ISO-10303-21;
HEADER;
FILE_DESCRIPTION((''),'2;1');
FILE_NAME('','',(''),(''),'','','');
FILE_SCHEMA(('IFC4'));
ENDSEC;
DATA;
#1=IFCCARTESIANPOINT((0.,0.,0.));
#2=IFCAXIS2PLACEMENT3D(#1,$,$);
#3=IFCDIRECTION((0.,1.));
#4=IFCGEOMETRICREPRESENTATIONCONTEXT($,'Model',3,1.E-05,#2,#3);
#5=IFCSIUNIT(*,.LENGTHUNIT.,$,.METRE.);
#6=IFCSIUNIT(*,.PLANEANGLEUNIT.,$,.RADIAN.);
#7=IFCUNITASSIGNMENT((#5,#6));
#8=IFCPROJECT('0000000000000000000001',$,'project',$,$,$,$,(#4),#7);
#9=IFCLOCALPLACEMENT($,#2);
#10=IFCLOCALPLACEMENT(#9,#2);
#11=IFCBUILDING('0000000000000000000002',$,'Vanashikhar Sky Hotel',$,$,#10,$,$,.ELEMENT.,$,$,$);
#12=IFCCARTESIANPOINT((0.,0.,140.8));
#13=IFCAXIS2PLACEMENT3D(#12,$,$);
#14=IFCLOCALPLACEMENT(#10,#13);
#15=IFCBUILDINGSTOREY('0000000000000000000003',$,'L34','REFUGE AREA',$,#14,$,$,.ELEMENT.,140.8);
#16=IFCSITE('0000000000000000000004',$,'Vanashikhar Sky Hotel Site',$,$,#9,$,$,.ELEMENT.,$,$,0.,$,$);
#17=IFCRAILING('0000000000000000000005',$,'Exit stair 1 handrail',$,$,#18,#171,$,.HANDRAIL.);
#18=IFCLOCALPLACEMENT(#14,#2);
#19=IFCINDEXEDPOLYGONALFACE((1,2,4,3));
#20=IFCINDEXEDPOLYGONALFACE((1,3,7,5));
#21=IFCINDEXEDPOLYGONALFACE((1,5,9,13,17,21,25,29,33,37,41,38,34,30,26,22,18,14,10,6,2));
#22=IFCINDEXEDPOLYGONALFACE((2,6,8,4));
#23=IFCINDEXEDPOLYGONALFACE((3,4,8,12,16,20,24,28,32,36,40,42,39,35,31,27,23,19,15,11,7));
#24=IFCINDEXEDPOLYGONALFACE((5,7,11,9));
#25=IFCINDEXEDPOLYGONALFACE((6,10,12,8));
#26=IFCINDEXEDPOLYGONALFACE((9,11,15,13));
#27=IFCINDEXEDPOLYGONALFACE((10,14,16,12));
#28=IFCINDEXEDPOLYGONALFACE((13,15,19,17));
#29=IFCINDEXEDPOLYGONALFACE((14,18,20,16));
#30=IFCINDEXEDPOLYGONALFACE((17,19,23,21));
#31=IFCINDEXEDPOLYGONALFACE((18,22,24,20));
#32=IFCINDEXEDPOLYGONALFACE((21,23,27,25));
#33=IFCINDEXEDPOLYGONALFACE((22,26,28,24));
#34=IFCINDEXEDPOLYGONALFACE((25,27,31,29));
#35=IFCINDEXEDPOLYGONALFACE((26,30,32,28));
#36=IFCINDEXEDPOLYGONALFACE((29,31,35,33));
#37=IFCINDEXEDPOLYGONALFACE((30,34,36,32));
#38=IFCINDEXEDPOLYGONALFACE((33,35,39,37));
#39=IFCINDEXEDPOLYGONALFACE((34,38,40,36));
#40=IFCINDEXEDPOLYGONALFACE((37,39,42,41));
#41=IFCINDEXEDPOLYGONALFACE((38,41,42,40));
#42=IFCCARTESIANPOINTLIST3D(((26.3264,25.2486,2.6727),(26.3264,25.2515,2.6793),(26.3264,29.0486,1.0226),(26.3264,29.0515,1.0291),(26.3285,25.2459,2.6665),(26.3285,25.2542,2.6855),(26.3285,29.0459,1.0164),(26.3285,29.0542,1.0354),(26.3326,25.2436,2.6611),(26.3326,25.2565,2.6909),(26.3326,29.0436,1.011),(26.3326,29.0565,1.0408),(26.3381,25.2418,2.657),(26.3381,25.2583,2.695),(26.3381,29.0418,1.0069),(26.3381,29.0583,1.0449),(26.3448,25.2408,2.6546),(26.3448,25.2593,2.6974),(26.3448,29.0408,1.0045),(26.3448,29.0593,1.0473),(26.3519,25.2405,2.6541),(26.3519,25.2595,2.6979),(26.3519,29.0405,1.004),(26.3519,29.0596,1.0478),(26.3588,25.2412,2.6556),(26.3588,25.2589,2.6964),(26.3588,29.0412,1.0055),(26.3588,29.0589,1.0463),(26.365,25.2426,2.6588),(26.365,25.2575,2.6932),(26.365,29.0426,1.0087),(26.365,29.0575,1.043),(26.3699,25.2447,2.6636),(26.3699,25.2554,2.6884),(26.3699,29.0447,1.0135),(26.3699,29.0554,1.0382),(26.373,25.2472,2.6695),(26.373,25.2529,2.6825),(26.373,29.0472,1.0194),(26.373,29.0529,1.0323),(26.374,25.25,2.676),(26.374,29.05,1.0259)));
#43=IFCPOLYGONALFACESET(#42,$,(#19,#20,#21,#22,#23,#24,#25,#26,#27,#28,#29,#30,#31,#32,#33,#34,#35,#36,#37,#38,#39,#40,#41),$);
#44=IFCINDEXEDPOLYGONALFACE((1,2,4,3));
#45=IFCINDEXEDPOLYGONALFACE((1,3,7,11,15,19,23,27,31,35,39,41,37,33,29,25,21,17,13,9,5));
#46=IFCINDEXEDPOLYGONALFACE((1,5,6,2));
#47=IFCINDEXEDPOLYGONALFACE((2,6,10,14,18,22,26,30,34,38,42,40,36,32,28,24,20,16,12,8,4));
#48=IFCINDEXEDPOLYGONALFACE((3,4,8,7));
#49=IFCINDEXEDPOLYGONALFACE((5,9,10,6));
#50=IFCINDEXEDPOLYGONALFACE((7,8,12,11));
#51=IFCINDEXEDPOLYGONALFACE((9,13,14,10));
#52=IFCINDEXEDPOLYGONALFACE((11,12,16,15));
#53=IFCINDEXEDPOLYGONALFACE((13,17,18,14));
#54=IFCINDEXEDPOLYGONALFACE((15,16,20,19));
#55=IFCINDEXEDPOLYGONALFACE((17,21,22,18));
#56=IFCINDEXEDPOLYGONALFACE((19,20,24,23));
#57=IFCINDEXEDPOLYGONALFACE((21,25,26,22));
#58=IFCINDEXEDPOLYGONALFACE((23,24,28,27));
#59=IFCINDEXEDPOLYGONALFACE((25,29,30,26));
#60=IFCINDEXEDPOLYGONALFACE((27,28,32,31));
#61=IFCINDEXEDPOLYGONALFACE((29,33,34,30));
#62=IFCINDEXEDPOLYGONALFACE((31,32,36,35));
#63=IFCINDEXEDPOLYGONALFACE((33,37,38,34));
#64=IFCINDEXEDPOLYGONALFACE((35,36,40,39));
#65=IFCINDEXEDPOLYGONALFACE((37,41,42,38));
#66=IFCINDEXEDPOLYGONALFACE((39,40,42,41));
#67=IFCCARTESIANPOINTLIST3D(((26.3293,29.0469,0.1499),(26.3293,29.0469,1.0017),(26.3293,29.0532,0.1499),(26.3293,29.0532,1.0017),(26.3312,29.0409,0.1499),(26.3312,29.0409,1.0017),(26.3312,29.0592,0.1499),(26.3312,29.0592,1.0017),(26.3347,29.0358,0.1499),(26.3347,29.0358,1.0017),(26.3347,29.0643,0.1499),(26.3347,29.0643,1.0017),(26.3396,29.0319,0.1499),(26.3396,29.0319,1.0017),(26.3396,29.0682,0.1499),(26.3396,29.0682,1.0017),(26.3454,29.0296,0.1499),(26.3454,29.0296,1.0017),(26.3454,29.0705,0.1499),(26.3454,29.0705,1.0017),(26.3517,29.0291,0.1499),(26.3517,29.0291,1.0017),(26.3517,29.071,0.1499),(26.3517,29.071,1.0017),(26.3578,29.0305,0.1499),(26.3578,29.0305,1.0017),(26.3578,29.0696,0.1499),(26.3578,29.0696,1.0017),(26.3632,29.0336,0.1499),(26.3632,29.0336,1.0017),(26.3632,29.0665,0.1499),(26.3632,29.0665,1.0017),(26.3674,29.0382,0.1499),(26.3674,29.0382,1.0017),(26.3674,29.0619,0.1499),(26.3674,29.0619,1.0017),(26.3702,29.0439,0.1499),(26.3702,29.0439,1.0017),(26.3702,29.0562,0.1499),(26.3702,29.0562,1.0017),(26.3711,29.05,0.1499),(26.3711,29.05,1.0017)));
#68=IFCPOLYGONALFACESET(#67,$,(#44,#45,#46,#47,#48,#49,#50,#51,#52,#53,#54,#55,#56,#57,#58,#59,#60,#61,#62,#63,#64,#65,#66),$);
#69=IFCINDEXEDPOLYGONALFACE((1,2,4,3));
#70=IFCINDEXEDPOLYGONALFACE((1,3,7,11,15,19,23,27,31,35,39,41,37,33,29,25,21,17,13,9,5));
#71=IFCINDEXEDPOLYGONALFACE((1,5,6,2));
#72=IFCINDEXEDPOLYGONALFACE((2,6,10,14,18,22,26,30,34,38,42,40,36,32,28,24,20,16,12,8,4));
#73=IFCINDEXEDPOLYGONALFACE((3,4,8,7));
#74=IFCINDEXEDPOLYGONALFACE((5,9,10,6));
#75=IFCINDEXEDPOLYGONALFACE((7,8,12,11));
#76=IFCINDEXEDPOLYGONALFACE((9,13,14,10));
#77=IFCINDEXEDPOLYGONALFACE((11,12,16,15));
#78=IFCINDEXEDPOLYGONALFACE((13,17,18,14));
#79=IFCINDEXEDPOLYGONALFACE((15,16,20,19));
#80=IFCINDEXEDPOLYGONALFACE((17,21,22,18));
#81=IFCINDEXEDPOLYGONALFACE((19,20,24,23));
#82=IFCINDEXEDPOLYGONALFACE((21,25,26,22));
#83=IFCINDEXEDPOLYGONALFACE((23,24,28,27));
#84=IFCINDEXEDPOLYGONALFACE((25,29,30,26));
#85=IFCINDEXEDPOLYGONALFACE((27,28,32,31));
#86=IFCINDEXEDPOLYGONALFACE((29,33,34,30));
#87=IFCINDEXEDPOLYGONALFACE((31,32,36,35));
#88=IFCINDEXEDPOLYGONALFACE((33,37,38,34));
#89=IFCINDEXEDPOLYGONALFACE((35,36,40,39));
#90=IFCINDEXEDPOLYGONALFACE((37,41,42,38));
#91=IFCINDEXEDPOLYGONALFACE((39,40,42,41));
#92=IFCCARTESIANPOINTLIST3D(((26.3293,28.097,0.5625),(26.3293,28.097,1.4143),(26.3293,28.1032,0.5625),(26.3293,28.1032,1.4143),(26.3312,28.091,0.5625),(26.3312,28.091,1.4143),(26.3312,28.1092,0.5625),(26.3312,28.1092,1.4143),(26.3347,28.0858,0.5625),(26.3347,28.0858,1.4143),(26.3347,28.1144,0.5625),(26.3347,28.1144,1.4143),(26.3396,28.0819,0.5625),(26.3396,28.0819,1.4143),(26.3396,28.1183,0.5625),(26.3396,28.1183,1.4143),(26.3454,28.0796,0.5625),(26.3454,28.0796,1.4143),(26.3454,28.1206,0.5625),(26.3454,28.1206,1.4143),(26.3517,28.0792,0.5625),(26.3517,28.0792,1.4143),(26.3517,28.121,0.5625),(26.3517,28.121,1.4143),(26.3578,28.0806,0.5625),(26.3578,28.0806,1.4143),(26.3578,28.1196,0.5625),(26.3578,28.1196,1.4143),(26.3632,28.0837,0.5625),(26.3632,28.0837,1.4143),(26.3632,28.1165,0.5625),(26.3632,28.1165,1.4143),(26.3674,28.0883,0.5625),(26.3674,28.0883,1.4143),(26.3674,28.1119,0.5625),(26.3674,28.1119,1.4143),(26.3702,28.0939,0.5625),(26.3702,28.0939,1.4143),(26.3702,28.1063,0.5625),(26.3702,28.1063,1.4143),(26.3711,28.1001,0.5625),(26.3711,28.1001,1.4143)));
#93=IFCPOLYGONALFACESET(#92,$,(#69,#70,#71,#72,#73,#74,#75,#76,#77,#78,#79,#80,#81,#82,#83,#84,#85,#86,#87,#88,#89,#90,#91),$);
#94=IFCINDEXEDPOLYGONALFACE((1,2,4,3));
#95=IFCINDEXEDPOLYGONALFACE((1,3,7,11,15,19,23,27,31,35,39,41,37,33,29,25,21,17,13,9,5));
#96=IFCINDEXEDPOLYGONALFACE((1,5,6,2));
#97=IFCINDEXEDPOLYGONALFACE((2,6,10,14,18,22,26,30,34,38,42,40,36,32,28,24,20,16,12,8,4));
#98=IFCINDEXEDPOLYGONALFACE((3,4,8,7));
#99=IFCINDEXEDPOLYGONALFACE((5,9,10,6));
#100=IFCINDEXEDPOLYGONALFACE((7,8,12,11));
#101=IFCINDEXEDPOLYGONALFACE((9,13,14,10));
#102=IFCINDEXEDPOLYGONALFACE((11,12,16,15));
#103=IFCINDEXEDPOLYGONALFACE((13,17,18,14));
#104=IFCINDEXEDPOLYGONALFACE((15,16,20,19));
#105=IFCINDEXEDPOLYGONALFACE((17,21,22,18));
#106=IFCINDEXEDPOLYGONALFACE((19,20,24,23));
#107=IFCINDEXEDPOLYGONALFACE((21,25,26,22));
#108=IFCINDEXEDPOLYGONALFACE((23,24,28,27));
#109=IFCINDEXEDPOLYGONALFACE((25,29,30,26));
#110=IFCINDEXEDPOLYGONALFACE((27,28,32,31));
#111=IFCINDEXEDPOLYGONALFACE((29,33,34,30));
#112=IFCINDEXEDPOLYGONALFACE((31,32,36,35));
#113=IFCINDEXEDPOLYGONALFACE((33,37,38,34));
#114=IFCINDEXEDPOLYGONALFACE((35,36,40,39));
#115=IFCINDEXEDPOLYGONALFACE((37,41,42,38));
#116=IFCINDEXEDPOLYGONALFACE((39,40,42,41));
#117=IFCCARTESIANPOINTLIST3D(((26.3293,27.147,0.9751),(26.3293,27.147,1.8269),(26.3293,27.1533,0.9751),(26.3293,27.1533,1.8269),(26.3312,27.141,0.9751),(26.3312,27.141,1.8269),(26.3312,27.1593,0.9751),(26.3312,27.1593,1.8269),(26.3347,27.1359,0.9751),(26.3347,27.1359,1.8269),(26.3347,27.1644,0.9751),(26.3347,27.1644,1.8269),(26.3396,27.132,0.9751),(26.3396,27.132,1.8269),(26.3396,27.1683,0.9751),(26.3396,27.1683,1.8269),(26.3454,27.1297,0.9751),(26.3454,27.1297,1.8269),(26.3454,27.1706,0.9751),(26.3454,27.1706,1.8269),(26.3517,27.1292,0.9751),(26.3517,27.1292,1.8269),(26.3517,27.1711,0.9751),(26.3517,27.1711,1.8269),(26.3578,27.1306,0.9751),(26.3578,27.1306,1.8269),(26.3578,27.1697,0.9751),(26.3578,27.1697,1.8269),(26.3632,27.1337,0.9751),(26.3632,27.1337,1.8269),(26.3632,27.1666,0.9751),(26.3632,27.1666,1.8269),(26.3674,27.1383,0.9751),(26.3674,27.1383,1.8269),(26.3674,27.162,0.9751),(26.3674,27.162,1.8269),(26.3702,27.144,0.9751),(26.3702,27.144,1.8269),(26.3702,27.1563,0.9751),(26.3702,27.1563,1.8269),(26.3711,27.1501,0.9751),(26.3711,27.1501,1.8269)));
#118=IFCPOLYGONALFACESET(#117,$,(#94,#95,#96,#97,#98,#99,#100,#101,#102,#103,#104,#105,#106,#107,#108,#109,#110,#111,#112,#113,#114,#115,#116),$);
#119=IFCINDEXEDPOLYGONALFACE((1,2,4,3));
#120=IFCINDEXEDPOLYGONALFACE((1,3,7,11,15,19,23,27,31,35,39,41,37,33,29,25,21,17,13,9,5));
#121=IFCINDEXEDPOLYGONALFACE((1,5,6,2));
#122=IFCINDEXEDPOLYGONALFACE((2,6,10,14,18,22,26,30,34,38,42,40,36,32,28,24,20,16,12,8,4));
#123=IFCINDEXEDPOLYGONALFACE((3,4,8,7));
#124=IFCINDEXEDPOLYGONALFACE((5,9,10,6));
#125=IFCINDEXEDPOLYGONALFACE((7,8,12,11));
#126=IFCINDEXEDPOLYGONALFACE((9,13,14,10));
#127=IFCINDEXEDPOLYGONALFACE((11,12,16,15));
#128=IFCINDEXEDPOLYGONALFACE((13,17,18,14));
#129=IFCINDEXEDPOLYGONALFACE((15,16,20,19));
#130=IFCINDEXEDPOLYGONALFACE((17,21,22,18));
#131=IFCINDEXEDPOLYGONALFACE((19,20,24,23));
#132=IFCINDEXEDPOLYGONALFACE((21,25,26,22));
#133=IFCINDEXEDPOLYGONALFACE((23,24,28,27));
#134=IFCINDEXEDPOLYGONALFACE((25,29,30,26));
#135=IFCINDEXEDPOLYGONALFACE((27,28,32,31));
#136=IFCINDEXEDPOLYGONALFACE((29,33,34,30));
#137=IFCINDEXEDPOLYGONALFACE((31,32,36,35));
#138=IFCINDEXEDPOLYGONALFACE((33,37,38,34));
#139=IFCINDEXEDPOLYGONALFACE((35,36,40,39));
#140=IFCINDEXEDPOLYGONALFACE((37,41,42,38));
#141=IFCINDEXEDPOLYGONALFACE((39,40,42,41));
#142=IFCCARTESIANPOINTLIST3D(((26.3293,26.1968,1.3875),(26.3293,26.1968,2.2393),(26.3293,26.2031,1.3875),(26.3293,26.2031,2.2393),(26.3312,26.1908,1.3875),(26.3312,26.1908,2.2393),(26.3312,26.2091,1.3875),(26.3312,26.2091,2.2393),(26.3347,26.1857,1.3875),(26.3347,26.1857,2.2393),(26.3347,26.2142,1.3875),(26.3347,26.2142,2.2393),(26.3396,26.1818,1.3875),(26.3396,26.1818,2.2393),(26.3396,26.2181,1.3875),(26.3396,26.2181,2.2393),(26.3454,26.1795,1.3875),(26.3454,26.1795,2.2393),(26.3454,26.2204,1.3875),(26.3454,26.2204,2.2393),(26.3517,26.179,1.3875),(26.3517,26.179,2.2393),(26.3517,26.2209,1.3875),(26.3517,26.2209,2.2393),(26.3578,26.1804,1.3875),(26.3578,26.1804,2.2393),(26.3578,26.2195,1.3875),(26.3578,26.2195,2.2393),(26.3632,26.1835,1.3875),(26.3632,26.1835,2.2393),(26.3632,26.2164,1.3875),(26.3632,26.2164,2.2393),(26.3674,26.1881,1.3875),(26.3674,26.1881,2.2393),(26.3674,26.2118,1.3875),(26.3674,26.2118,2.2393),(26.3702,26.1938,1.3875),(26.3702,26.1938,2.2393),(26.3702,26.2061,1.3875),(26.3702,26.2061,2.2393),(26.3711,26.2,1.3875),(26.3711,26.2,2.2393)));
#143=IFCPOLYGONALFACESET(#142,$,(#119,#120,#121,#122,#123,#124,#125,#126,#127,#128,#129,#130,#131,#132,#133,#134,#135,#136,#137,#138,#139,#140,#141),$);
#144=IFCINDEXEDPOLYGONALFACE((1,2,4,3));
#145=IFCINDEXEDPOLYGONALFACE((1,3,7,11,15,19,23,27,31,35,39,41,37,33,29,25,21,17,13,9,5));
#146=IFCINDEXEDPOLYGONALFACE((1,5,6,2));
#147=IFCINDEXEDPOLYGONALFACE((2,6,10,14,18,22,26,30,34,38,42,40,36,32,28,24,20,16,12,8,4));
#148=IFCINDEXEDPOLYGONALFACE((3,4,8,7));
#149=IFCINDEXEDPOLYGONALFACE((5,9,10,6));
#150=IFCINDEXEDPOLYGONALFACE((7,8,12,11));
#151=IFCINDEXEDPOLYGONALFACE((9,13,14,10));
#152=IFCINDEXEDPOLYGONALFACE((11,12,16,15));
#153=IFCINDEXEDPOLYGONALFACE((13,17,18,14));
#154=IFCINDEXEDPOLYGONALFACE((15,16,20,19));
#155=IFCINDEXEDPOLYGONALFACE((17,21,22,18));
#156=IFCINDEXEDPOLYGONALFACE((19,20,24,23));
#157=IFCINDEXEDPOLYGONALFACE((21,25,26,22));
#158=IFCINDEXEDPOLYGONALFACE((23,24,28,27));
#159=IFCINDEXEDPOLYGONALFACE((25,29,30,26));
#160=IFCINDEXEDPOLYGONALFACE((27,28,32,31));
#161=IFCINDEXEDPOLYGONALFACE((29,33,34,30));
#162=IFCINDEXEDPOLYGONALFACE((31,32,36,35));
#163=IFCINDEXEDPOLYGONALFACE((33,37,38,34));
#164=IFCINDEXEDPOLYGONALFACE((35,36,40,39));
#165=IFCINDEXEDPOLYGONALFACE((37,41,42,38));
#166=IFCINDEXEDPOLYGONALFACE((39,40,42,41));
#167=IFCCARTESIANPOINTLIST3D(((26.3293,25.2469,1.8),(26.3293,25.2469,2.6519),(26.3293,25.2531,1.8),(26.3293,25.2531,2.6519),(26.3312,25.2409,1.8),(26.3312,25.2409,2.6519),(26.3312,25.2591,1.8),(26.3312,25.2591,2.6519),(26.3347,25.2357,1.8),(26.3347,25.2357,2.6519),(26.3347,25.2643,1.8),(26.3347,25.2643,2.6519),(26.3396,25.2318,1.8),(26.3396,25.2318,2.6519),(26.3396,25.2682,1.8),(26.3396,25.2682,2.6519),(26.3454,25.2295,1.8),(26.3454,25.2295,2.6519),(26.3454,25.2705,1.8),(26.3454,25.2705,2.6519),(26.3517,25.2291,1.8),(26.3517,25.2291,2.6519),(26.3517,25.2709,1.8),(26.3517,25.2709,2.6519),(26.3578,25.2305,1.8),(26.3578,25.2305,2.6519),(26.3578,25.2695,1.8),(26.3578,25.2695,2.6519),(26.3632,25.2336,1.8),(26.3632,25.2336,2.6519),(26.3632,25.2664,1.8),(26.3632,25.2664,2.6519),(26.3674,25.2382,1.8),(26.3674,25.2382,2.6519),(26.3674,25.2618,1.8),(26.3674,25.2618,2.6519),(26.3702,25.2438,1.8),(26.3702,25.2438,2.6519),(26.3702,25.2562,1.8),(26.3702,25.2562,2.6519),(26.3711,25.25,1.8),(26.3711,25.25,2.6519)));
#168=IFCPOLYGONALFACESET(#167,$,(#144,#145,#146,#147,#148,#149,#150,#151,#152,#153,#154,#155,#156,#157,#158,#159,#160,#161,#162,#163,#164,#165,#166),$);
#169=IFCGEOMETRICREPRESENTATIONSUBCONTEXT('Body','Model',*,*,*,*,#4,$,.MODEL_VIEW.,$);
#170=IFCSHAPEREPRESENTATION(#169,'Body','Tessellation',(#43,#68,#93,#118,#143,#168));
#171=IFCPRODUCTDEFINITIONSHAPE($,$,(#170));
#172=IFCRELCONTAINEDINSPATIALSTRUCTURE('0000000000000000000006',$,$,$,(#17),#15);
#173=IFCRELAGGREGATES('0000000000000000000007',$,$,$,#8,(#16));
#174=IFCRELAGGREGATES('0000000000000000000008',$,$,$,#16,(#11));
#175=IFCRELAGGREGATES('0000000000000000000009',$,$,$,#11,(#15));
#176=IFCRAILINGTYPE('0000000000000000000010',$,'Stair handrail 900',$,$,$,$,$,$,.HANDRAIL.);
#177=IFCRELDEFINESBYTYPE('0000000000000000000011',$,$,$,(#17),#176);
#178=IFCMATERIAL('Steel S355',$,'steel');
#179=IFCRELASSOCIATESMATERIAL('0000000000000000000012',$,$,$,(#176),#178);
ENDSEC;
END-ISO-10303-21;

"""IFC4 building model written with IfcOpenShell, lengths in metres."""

from ifc_helpers import new_model, si_unit, direction, frame, origin, origin_2d, place, context, subcontext, project, spatial, circle, extrude, source, transform, mapped, material, type_object, element, save


model = new_model("IFC4")

# Units and contexts
model_context = context("Model", 3, precision=1e-05, world=origin(), true_north=direction((0.0, 1.0)))
body_context = subcontext(model_context, "Body", "Model", "MODEL_VIEW")
ifc_project = project(units=[si_unit("LENGTHUNIT", "METRE"), si_unit("PLANEANGLEUNIT", "RADIAN")], contexts=[model_context])

# Site, building, storey
site_placement = place(None, origin())
site = spatial("IfcSite", under=ifc_project, at=site_placement, Name="Vanashikhar Sky Hotel Site", CompositionType="ELEMENT", RefElevation=0.0)
building_placement = place(site_placement, origin())
building = spatial("IfcBuilding", under=site, at=building_placement, Name="Vanashikhar Sky Hotel", CompositionType="ELEMENT")
storey_placement = place(building_placement, frame((0.0, 0.0, 140.8)))
storey = spatial("IfcBuildingStorey", under=building, at=storey_placement, Name="L34", Description="REFUGE AREA", CompositionType="ELEMENT", Elevation=140.8)

# Railing
ifc_material_1 = material(Name="Steel S355", Category="steel")
railing_type_1 = type_object("IfcRailingType", Name="Stair handrail 900", PredefinedType="HANDRAIL", material=ifc_material_1)
shared_shape_1 = source(origin(), body_context, "Body", "SweptSolid", [
    extrude(circle(Radius=0.0239, at=origin_2d()), frame((0.0, 0.0, 0.876), z_axis=(0.0, -0.917251, 0.39831), x_axis=(1.0, 0.0, 0.0)), (0.0, 0.0, 1.0), 4.1428),
    extrude(circle(Radius=0.021, at=origin_2d()), origin(), (0.0, 0.0, 1.0), 0.8518),
    extrude(circle(Radius=0.021, at=origin_2d()), frame((0.0, -0.95, 0.4126)), (0.0, 0.0, 1.0), 0.8518),
    extrude(circle(Radius=0.021, at=origin_2d()), frame((0.0, -1.8999, 0.8252)), (0.0, 0.0, 1.0), 0.8518),
    extrude(circle(Radius=0.021, at=origin_2d()), frame((0.0, -2.8501, 1.2375)), (0.0, 0.0, 1.0), 0.8518),
    extrude(circle(Radius=0.021, at=origin_2d()), frame((0.0, -3.8, 1.6501)), (0.0, 0.0, 1.0), 0.8518),
])
railing_1_placement = place(storey_placement, frame((26.3501, 29.05, 0.1499)))
element("IfcRailing", 1, at=railing_1_placement, inside=storey, type_object=railing_type_1, Name="Exit stair 1 handrail", PredefinedType="HANDRAIL", context=body_context, shape_type="MappedRepresentation", body=[
    mapped(shared_shape_1, transform((0.0, 0.0, 0.0), scale=1.0)),
])

save(model, "model.ifc")
